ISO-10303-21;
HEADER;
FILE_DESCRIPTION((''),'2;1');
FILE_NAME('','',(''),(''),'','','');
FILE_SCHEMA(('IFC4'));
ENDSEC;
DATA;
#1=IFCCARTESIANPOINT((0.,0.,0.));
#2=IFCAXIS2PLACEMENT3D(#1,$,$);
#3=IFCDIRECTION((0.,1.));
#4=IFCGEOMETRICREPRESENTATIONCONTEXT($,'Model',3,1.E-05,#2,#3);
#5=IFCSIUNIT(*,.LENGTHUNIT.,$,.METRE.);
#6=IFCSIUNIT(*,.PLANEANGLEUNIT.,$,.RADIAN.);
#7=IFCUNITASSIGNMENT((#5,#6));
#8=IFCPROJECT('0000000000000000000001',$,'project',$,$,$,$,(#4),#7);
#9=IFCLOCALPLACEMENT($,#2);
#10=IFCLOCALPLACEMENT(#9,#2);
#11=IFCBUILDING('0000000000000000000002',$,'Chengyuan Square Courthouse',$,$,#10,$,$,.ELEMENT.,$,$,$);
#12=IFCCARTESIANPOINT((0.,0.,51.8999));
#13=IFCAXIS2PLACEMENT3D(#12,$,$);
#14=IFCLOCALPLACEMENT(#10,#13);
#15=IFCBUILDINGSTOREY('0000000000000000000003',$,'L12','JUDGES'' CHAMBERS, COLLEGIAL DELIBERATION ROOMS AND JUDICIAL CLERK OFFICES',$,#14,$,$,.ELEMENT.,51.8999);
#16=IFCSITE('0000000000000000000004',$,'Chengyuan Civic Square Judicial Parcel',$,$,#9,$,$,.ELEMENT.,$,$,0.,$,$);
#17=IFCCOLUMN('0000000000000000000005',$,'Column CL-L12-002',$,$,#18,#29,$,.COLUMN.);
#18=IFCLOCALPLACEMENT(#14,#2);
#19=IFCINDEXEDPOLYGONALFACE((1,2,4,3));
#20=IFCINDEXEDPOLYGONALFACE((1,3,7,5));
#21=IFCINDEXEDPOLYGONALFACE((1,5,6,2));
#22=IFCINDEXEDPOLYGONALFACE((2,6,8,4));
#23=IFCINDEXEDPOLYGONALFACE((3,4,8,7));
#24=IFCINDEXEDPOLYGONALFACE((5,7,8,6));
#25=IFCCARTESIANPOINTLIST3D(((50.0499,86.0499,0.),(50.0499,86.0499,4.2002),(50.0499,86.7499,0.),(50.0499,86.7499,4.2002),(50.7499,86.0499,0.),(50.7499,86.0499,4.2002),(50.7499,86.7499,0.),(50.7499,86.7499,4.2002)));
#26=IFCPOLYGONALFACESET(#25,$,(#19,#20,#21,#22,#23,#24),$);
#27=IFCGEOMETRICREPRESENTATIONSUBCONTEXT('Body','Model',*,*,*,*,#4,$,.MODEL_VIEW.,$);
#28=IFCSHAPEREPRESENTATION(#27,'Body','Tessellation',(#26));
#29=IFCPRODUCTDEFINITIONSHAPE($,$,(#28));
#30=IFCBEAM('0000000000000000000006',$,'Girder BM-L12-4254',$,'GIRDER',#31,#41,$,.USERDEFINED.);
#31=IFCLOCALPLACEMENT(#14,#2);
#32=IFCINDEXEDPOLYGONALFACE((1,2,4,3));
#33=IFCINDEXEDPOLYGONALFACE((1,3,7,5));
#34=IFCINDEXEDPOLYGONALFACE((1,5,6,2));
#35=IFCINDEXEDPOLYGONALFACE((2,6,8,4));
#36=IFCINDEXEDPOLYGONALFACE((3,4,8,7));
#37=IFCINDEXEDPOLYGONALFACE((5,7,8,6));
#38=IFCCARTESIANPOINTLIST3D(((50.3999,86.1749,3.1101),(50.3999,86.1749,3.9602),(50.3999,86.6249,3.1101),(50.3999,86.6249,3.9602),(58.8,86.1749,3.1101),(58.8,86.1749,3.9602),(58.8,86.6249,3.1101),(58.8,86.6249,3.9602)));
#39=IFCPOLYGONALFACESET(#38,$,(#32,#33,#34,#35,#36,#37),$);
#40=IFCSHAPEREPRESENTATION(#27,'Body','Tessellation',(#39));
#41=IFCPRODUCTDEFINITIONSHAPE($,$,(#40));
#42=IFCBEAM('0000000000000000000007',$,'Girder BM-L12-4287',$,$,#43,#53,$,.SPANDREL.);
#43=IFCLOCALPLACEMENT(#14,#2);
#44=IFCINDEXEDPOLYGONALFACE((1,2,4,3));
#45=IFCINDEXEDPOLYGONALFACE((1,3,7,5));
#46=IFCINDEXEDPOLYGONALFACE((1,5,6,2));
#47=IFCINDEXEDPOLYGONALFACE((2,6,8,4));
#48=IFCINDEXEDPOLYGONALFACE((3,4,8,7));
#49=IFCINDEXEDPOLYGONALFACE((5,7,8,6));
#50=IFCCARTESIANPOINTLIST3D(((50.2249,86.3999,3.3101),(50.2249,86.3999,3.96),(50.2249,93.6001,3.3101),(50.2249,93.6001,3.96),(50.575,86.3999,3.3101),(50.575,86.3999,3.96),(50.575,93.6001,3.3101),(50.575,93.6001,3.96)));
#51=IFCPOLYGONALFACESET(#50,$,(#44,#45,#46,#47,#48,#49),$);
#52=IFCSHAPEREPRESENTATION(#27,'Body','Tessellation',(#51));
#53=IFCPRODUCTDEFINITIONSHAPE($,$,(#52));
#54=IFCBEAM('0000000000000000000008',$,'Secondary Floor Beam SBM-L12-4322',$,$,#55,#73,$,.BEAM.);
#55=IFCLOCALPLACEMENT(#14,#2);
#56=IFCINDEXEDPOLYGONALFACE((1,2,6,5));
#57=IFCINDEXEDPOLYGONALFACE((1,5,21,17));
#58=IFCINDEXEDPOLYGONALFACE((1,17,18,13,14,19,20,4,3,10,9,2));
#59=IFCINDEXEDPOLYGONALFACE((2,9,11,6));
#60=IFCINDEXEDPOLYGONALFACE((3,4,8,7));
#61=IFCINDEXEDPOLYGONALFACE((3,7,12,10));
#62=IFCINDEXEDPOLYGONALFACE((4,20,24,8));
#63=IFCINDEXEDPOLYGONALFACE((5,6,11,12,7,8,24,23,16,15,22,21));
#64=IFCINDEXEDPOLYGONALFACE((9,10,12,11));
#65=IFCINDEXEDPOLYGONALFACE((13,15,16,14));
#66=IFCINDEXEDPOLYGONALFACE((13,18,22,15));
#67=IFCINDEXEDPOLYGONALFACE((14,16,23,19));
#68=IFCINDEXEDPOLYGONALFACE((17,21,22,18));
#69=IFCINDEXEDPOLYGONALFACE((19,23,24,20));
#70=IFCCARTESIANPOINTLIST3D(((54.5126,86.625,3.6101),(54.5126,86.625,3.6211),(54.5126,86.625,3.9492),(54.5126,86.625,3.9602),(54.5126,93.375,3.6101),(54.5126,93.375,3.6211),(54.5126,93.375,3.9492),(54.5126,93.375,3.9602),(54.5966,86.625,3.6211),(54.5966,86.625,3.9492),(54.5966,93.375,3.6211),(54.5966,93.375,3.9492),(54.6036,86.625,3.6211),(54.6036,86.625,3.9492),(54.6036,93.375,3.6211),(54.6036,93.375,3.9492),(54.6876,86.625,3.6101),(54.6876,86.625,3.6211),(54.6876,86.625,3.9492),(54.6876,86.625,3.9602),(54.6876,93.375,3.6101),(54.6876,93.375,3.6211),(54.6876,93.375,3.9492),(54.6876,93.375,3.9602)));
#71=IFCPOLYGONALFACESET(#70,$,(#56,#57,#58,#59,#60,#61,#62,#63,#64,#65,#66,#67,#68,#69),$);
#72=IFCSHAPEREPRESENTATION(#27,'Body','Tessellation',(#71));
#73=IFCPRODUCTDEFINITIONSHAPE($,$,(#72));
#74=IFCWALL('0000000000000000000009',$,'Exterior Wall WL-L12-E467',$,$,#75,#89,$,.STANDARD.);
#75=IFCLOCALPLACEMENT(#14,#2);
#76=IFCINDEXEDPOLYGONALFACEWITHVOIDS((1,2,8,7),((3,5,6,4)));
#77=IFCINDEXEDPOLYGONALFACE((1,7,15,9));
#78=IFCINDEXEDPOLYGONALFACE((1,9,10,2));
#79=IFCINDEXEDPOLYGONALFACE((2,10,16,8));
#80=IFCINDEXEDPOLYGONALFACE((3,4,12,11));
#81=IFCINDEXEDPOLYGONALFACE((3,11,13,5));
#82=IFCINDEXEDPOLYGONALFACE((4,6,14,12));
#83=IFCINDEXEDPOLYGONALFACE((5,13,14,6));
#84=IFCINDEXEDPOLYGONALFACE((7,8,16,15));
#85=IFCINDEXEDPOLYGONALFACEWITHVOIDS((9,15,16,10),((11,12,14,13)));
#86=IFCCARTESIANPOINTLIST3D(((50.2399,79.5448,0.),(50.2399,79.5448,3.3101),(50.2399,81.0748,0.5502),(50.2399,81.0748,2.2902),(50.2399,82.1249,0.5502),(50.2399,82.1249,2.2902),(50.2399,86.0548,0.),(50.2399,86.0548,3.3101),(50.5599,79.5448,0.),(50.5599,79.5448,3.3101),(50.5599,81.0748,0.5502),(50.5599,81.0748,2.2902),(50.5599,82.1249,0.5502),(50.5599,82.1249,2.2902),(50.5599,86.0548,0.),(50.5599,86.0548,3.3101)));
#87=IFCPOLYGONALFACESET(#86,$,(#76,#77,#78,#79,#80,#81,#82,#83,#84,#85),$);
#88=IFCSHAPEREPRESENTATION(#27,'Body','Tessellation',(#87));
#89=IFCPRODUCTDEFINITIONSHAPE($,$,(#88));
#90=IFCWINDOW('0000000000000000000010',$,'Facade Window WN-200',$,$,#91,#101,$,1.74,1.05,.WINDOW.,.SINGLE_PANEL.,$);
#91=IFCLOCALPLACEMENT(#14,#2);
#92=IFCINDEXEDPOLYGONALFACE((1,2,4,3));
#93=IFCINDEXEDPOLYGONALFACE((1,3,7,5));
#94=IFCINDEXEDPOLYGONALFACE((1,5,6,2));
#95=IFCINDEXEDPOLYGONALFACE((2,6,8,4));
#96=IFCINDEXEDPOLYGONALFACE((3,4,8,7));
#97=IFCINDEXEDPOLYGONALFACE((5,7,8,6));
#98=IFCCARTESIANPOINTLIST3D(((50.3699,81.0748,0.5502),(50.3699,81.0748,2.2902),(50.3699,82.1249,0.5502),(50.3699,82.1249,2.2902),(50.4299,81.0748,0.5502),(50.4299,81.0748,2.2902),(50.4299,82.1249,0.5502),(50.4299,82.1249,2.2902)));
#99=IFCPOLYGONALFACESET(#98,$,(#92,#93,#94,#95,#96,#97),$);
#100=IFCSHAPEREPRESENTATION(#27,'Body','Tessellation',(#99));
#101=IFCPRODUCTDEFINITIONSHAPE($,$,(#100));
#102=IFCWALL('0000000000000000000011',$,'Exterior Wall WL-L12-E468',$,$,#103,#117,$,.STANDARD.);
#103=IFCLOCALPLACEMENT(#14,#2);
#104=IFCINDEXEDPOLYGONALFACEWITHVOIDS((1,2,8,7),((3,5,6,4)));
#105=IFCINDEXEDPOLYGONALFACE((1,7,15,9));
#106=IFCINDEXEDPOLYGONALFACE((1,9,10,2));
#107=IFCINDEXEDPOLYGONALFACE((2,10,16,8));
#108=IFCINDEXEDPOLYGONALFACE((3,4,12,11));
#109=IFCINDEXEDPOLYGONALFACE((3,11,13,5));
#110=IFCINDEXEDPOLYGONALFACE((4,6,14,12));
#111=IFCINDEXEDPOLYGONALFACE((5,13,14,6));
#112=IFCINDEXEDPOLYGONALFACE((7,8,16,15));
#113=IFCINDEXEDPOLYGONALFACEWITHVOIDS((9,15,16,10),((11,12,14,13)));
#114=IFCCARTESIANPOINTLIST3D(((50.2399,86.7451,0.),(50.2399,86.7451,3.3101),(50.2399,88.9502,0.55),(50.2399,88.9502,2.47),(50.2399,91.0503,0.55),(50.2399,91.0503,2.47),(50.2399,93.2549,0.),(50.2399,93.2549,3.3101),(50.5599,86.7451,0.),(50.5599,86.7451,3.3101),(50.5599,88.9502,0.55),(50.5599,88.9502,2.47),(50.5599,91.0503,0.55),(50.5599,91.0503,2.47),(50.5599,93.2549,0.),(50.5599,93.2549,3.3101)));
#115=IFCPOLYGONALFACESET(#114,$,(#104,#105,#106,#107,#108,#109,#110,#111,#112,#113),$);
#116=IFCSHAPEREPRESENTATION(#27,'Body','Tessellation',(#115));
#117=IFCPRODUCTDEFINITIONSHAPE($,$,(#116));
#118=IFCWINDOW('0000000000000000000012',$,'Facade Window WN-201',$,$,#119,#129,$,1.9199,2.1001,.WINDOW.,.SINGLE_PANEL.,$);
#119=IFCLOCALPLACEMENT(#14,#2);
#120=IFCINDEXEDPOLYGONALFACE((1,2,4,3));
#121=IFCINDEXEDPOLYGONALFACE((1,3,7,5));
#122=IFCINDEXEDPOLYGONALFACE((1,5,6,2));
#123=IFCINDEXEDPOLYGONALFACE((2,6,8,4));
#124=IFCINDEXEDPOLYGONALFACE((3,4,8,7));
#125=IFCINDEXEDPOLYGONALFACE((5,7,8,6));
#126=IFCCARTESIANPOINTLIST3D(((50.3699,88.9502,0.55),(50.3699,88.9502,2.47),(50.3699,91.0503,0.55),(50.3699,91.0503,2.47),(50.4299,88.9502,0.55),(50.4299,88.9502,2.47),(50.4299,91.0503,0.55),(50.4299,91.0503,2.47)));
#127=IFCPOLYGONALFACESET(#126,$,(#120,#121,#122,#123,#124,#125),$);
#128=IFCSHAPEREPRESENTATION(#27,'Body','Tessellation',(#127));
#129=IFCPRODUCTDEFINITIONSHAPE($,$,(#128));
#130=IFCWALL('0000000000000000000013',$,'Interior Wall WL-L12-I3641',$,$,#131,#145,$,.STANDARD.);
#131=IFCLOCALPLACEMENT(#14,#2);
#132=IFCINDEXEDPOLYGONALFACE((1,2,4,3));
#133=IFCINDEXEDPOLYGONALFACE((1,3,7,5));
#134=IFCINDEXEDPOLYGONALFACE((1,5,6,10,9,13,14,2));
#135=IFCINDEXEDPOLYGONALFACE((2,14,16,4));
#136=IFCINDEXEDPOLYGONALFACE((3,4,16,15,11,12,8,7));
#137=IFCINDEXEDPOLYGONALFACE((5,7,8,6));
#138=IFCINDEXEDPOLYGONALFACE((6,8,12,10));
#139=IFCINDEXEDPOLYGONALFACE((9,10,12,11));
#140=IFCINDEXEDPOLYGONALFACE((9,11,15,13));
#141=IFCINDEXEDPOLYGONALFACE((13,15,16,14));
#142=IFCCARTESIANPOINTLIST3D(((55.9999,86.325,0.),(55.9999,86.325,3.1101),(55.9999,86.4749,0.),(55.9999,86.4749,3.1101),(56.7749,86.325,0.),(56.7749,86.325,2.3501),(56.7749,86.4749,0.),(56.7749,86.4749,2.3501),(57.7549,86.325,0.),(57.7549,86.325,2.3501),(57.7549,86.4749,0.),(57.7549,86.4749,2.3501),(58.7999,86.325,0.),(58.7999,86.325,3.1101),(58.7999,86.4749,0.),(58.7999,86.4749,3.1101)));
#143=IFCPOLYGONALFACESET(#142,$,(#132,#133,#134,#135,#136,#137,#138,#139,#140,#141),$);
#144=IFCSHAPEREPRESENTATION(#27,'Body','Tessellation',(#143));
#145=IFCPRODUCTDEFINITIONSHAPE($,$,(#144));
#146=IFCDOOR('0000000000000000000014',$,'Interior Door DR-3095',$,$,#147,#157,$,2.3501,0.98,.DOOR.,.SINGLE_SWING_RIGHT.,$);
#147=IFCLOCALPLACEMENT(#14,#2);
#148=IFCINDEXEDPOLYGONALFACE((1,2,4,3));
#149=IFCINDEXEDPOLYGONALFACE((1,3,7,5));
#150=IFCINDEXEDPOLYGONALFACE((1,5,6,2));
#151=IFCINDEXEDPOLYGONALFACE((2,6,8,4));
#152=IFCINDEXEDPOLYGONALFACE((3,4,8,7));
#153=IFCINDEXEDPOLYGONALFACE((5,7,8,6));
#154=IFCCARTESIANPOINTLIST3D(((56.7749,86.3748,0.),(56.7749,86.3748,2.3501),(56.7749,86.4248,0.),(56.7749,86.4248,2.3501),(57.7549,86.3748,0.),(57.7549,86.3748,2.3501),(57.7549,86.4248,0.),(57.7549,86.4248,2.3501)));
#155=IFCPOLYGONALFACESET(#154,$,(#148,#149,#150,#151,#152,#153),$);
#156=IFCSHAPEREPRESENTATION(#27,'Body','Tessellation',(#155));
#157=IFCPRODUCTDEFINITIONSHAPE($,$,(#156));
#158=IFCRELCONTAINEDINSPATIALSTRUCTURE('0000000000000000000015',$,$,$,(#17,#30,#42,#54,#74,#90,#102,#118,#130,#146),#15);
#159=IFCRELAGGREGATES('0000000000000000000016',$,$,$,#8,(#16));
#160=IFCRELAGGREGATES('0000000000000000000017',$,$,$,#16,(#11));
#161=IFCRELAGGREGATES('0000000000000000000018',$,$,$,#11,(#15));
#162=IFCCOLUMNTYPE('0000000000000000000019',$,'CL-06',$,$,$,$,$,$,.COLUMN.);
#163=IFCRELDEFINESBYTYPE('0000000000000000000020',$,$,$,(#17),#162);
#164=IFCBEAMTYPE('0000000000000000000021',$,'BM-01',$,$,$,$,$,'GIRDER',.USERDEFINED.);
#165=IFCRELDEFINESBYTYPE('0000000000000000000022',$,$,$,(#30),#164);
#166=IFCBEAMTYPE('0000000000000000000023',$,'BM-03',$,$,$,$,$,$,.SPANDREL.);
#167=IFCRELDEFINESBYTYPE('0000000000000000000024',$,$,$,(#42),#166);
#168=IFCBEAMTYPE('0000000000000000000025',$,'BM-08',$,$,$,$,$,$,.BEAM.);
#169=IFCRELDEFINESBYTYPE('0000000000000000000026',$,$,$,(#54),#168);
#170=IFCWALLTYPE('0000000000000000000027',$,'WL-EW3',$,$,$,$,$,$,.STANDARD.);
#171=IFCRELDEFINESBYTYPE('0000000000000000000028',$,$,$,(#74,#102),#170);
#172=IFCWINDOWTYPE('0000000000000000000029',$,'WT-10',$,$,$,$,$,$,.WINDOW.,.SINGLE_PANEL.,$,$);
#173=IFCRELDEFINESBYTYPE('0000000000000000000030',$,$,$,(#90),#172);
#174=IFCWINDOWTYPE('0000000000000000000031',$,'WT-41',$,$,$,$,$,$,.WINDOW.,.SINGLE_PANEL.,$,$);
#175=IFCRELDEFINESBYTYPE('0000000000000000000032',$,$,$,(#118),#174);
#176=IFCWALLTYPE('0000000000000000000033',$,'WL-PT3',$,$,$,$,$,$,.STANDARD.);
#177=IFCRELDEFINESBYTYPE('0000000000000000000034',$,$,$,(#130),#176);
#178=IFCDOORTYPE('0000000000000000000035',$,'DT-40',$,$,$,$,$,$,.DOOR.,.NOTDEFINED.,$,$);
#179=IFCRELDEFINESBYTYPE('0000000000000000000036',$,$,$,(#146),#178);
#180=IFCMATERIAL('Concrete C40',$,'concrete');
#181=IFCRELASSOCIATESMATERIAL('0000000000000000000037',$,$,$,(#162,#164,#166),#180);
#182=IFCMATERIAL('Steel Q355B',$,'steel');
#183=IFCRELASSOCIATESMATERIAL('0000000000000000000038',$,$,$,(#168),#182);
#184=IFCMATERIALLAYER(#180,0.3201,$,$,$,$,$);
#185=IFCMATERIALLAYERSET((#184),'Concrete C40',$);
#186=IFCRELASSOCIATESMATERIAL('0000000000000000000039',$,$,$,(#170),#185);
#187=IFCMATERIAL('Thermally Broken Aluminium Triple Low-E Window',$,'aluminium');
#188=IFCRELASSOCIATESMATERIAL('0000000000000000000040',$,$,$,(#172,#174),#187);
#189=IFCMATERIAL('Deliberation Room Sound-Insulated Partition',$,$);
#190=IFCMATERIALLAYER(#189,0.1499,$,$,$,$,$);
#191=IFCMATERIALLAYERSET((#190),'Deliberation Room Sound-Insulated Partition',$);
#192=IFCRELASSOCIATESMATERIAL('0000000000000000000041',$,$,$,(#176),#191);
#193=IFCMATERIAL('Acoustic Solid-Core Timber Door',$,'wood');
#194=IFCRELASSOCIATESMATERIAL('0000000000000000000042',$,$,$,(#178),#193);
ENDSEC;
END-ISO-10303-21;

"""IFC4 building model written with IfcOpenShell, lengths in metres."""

from ifc_helpers import new_model, si_unit, direction, frame, frame_2d, origin, origin_2d, place, context, subcontext, project, spatial, rectangle, i_section, extrude, material, layer, layer_set, material_profile, profile_set, type_object, element, fill, save


model = new_model("IFC4")

# Units and contexts
model_context = context("Model", 3, precision=1e-05, world=origin(), true_north=direction((0.0, 1.0)))
body_context = subcontext(model_context, "Body", "Model", "MODEL_VIEW")
ifc_project = project(units=[si_unit("LENGTHUNIT", "METRE"), si_unit("PLANEANGLEUNIT", "RADIAN")], contexts=[model_context])

# Site, building, storey
site_placement = place(None, origin())
site = spatial("IfcSite", under=ifc_project, at=site_placement, Name="Chengyuan Civic Square Judicial Parcel", CompositionType="ELEMENT", RefElevation=0.0)
building_placement = place(site_placement, origin())
building = spatial("IfcBuilding", under=site, at=building_placement, Name="Chengyuan Square Courthouse", CompositionType="ELEMENT")
storey_placement = place(building_placement, frame((0.0, 0.0, 51.8999)))
storey = spatial("IfcBuildingStorey", under=building, at=storey_placement, Name="L12", Description="JUDGES' CHAMBERS, COLLEGIAL DELIBERATION ROOMS AND JUDICIAL CLERK OFFICES", CompositionType="ELEMENT", Elevation=51.8999)

# Column
ifc_material_1 = material(Name="Concrete C40", Category="concrete")
ifc_material_profile_1 = material_profile(ifc_material_1, rectangle(XDim=0.7, YDim=0.7, at=origin_2d()), Name="RC-COL-700x700")
ifc_profile_set_1 = profile_set([ifc_material_profile_1], Name="Concrete C40")
column_type = type_object("IfcColumnType", Name="CL-06", PredefinedType="COLUMN", material=ifc_profile_set_1)
column_placement = place(storey_placement, frame((50.3999, 86.3999, 0.0), z_axis=(0.0, 0.0, 1.0), x_axis=(1.0, 0.0, 0.0)))
element("IfcColumn", 1, at=column_placement, inside=storey, type_object=column_type, Name="Column CL-L12-002", PredefinedType="COLUMN", context=body_context, shape_type="SweptSolid", body=[
    extrude(rectangle(XDim=0.7, YDim=0.7, at=origin_2d()), origin(), (0.0, 0.0, 1.0), 4.2002),
])

# Beams
ifc_material_profile_2 = material_profile(ifc_material_1, rectangle(XDim=0.45, YDim=0.8501, at=origin_2d()), Name="RC-BM-450x850")
ifc_profile_set_2 = profile_set([ifc_material_profile_2], Name="Concrete C40")
beam_type_1 = type_object("IfcBeamType", Name="BM-01", ElementType="GIRDER", PredefinedType="USERDEFINED", material=ifc_profile_set_2)
beam_1_placement = place(storey_placement, frame((50.3999, 86.3999, 3.5352), z_axis=(1.0, 0.0, 0.0), x_axis=(0.0, 1.0, 0.0)))
element("IfcBeam", 2, at=beam_1_placement, inside=storey, type_object=beam_type_1, Name="Girder BM-L12-4254", ObjectType="GIRDER", PredefinedType="USERDEFINED", context=body_context, shape_type="SweptSolid", body=[
    extrude(rectangle(XDim=0.45, YDim=0.8501, at=origin_2d()), origin(), (0.0, 0.0, 1.0), 8.4001),
])
ifc_material_profile_3 = material_profile(ifc_material_1, rectangle(XDim=0.3501, YDim=0.6499, at=origin_2d()), Name="RC-BM-350x650")
ifc_profile_set_3 = profile_set([ifc_material_profile_3], Name="Concrete C40")
beam_type_2 = type_object("IfcBeamType", Name="BM-03", PredefinedType="SPANDREL", material=ifc_profile_set_3)
beam_2_placement = place(storey_placement, frame((50.3999, 86.3999, 3.635), z_axis=(0.0, 1.0, 0.0), x_axis=(-1.0, 0.0, 0.0)))
element("IfcBeam", 3, at=beam_2_placement, inside=storey, type_object=beam_type_2, Name="Girder BM-L12-4287", PredefinedType="SPANDREL", context=body_context, shape_type="SweptSolid", body=[
    extrude(rectangle(XDim=0.3501, YDim=0.6499, at=origin_2d()), origin(), (0.0, 0.0, 1.0), 7.2002),
])
ifc_material_2 = material(Name="Steel Q355B", Category="steel")
ifc_material_profile_4 = material_profile(ifc_material_2, i_section(OverallWidth=0.175, OverallDepth=0.3501, WebThickness=0.0071, FlangeThickness=0.011, at=origin_2d()), Name="HN 350x175x7x11")
ifc_profile_set_4 = profile_set([ifc_material_profile_4], Name="Steel Q355B")
beam_type_3 = type_object("IfcBeamType", Name="BM-08", PredefinedType="BEAM", material=ifc_profile_set_4)
beam_3_placement = place(storey_placement, frame((54.6001, 86.625, 3.7852), z_axis=(0.0, 1.0, 0.0), x_axis=(-1.0, 0.0, 0.0)))
element("IfcBeam", 4, at=beam_3_placement, inside=storey, type_object=beam_type_3, Name="Secondary Floor Beam SBM-L12-4322", PredefinedType="BEAM", context=body_context, shape_type="SweptSolid", body=[
    extrude(i_section(OverallWidth=0.175, OverallDepth=0.3501, WebThickness=0.0071, FlangeThickness=0.011, at=origin_2d()), origin(), (0.0, 0.0, 1.0), 6.75),
])

# Walls, openings, windows
ifc_layer_1 = layer(ifc_material_1, 0.3201)
ifc_layer_set_1 = layer_set([ifc_layer_1], Name="Concrete C40")
wall_type_1 = type_object("IfcWallType", Name="WL-EW3", PredefinedType="STANDARD", material=ifc_layer_set_1)
wall_1_placement = place(storey_placement, frame((50.3999, 79.5449, 0.0), z_axis=(0.0, 0.0, 1.0), x_axis=(0.0, 1.0, 0.0)))
wall_1 = element("IfcWall", 5, at=wall_1_placement, inside=storey, type_object=wall_type_1, Name="Exterior Wall WL-L12-E467", PredefinedType="STANDARD", context=body_context, shape_type="SweptSolid", body=[
    extrude(rectangle(XDim=6.51, YDim=0.3201, at=frame_2d((3.2549, 0.0))), origin(), (0.0, 0.0, 1.0), 3.3101),
])
opening_1_placement = place(wall_1_placement, frame((1.53, 0.0, 0.55)))
opening_1 = element("IfcOpeningElement", 6, at=opening_1_placement, cuts=wall_1, PredefinedType="OPENING", context=body_context, shape_type="SweptSolid", body=[
    extrude(rectangle(XDim=1.05, YDim=1.74, at=frame_2d((0.5249, 0.8701))), frame((0.0, 0.1721, 0.0), z_axis=(0.0, -1.0, 0.0), x_axis=(1.0, 0.0, 0.0)), (0.0, 0.0, 1.0), 0.344),
])
ifc_material_3 = material(Name="Thermally Broken Aluminium Triple Low-E Window", Category="aluminium")
window_type_1 = type_object("IfcWindowType", Name="WT-10", PartitioningType="SINGLE_PANEL", PredefinedType="WINDOW", material=ifc_material_3)
window_1_placement = place(opening_1_placement, origin())
window_1 = element("IfcWindow", 7, at=window_1_placement, inside=storey, type_object=window_type_1, Name="Facade Window WN-200", OverallHeight=1.74, OverallWidth=1.05, PartitioningType="SINGLE_PANEL", PredefinedType="WINDOW", context=body_context, shape_type="SweptSolid", body=[
    extrude(rectangle(XDim=1.05, YDim=1.74, at=frame_2d((0.5249, 0.8701))), frame((0.0, 0.03, 0.0), z_axis=(0.0, -1.0, 0.0), x_axis=(1.0, 0.0, 0.0)), (0.0, 0.0, 1.0), 0.0601),
])
fill(opening_1, window_1)
wall_2_placement = place(storey_placement, frame((50.3999, 86.7451, 0.0), z_axis=(0.0, 0.0, 1.0), x_axis=(0.0, 1.0, 0.0)))
wall_2 = element("IfcWall", 8, at=wall_2_placement, inside=storey, type_object=wall_type_1, Name="Exterior Wall WL-L12-E468", PredefinedType="STANDARD", context=body_context, shape_type="SweptSolid", body=[
    extrude(rectangle(XDim=6.5098, YDim=0.3201, at=frame_2d((3.2549, 0.0))), origin(), (0.0, 0.0, 1.0), 3.3101),
])
opening_2_placement = place(wall_2_placement, frame((2.2051, 0.0, 0.55)))
opening_2 = element("IfcOpeningElement", 9, at=opening_2_placement, cuts=wall_2, PredefinedType="OPENING", context=body_context, shape_type="SweptSolid", body=[
    extrude(rectangle(XDim=2.1001, YDim=1.9199, at=frame_2d((1.05, 0.96))), frame((0.0, 0.1721, 0.0), z_axis=(0.0, -1.0, 0.0), x_axis=(1.0, 0.0, 0.0)), (0.0, 0.0, 1.0), 0.344),
])
window_type_2 = type_object("IfcWindowType", Name="WT-41", PartitioningType="SINGLE_PANEL", PredefinedType="WINDOW", material=ifc_material_3)
window_2_placement = place(opening_2_placement, origin())
window_2 = element("IfcWindow", 10, at=window_2_placement, inside=storey, type_object=window_type_2, Name="Facade Window WN-201", OverallHeight=1.9199, OverallWidth=2.1001, PartitioningType="SINGLE_PANEL", PredefinedType="WINDOW", context=body_context, shape_type="SweptSolid", body=[
    extrude(rectangle(XDim=2.1001, YDim=1.9199, at=frame_2d((1.05, 0.96))), frame((0.0, 0.03, 0.0), z_axis=(0.0, -1.0, 0.0), x_axis=(1.0, 0.0, 0.0)), (0.0, 0.0, 1.0), 0.0601),
])
fill(opening_2, window_2)

# Wall, opening, door
ifc_material_4 = material(Name="Deliberation Room Sound-Insulated Partition")
ifc_layer_2 = layer(ifc_material_4, 0.1499)
ifc_layer_set_2 = layer_set([ifc_layer_2], Name="Deliberation Room Sound-Insulated Partition")
wall_type_2 = type_object("IfcWallType", Name="WL-PT3", PredefinedType="STANDARD", material=ifc_layer_set_2)
wall_3_placement = place(storey_placement, frame((56.0, 86.3999, 0.0), z_axis=(0.0, 0.0, 1.0), x_axis=(1.0, 0.0, 0.0)))
wall_3 = element("IfcWall", 11, at=wall_3_placement, inside=storey, type_object=wall_type_2, Name="Interior Wall WL-L12-I3641", PredefinedType="STANDARD", context=body_context, shape_type="SweptSolid", body=[
    extrude(rectangle(XDim=2.8, YDim=0.1499, at=frame_2d((1.3999, 0.0))), origin(), (0.0, 0.0, 1.0), 3.1101),
])
opening_3_placement = place(wall_3_placement, frame((0.7749, 0.0, 0.0)))
opening_3 = element("IfcOpeningElement", 12, at=opening_3_placement, cuts=wall_3, PredefinedType="OPENING", context=body_context, shape_type="SweptSolid", body=[
    extrude(rectangle(XDim=0.98, YDim=2.3501, at=frame_2d((0.49, 1.175))), frame((0.0, 0.0869, 0.0), z_axis=(0.0, -1.0, 0.0), x_axis=(1.0, 0.0, 0.0)), (0.0, 0.0, 1.0), 0.1738),
])
ifc_material_5 = material(Name="Acoustic Solid-Core Timber Door", Category="wood")
door_type_1 = type_object("IfcDoorType", Name="DT-40", OperationType="NOTDEFINED", PredefinedType="DOOR", material=ifc_material_5)
door_1_placement = place(opening_3_placement, origin())
door_1 = element("IfcDoor", 13, at=door_1_placement, inside=storey, type_object=door_type_1, Name="Interior Door DR-3095", OperationType="SINGLE_SWING_RIGHT", OverallHeight=2.3501, OverallWidth=0.98, PredefinedType="DOOR", context=body_context, shape_type="SweptSolid", body=[
    extrude(rectangle(XDim=0.98, YDim=2.3501, at=frame_2d((0.49, 1.175))), frame((0.0, 0.0249, 0.0), z_axis=(0.0, -1.0, 0.0), x_axis=(1.0, 0.0, 0.0)), (0.0, 0.0, 1.0), 0.05),
])
fill(opening_3, door_1)

save(model, "model.ifc")
